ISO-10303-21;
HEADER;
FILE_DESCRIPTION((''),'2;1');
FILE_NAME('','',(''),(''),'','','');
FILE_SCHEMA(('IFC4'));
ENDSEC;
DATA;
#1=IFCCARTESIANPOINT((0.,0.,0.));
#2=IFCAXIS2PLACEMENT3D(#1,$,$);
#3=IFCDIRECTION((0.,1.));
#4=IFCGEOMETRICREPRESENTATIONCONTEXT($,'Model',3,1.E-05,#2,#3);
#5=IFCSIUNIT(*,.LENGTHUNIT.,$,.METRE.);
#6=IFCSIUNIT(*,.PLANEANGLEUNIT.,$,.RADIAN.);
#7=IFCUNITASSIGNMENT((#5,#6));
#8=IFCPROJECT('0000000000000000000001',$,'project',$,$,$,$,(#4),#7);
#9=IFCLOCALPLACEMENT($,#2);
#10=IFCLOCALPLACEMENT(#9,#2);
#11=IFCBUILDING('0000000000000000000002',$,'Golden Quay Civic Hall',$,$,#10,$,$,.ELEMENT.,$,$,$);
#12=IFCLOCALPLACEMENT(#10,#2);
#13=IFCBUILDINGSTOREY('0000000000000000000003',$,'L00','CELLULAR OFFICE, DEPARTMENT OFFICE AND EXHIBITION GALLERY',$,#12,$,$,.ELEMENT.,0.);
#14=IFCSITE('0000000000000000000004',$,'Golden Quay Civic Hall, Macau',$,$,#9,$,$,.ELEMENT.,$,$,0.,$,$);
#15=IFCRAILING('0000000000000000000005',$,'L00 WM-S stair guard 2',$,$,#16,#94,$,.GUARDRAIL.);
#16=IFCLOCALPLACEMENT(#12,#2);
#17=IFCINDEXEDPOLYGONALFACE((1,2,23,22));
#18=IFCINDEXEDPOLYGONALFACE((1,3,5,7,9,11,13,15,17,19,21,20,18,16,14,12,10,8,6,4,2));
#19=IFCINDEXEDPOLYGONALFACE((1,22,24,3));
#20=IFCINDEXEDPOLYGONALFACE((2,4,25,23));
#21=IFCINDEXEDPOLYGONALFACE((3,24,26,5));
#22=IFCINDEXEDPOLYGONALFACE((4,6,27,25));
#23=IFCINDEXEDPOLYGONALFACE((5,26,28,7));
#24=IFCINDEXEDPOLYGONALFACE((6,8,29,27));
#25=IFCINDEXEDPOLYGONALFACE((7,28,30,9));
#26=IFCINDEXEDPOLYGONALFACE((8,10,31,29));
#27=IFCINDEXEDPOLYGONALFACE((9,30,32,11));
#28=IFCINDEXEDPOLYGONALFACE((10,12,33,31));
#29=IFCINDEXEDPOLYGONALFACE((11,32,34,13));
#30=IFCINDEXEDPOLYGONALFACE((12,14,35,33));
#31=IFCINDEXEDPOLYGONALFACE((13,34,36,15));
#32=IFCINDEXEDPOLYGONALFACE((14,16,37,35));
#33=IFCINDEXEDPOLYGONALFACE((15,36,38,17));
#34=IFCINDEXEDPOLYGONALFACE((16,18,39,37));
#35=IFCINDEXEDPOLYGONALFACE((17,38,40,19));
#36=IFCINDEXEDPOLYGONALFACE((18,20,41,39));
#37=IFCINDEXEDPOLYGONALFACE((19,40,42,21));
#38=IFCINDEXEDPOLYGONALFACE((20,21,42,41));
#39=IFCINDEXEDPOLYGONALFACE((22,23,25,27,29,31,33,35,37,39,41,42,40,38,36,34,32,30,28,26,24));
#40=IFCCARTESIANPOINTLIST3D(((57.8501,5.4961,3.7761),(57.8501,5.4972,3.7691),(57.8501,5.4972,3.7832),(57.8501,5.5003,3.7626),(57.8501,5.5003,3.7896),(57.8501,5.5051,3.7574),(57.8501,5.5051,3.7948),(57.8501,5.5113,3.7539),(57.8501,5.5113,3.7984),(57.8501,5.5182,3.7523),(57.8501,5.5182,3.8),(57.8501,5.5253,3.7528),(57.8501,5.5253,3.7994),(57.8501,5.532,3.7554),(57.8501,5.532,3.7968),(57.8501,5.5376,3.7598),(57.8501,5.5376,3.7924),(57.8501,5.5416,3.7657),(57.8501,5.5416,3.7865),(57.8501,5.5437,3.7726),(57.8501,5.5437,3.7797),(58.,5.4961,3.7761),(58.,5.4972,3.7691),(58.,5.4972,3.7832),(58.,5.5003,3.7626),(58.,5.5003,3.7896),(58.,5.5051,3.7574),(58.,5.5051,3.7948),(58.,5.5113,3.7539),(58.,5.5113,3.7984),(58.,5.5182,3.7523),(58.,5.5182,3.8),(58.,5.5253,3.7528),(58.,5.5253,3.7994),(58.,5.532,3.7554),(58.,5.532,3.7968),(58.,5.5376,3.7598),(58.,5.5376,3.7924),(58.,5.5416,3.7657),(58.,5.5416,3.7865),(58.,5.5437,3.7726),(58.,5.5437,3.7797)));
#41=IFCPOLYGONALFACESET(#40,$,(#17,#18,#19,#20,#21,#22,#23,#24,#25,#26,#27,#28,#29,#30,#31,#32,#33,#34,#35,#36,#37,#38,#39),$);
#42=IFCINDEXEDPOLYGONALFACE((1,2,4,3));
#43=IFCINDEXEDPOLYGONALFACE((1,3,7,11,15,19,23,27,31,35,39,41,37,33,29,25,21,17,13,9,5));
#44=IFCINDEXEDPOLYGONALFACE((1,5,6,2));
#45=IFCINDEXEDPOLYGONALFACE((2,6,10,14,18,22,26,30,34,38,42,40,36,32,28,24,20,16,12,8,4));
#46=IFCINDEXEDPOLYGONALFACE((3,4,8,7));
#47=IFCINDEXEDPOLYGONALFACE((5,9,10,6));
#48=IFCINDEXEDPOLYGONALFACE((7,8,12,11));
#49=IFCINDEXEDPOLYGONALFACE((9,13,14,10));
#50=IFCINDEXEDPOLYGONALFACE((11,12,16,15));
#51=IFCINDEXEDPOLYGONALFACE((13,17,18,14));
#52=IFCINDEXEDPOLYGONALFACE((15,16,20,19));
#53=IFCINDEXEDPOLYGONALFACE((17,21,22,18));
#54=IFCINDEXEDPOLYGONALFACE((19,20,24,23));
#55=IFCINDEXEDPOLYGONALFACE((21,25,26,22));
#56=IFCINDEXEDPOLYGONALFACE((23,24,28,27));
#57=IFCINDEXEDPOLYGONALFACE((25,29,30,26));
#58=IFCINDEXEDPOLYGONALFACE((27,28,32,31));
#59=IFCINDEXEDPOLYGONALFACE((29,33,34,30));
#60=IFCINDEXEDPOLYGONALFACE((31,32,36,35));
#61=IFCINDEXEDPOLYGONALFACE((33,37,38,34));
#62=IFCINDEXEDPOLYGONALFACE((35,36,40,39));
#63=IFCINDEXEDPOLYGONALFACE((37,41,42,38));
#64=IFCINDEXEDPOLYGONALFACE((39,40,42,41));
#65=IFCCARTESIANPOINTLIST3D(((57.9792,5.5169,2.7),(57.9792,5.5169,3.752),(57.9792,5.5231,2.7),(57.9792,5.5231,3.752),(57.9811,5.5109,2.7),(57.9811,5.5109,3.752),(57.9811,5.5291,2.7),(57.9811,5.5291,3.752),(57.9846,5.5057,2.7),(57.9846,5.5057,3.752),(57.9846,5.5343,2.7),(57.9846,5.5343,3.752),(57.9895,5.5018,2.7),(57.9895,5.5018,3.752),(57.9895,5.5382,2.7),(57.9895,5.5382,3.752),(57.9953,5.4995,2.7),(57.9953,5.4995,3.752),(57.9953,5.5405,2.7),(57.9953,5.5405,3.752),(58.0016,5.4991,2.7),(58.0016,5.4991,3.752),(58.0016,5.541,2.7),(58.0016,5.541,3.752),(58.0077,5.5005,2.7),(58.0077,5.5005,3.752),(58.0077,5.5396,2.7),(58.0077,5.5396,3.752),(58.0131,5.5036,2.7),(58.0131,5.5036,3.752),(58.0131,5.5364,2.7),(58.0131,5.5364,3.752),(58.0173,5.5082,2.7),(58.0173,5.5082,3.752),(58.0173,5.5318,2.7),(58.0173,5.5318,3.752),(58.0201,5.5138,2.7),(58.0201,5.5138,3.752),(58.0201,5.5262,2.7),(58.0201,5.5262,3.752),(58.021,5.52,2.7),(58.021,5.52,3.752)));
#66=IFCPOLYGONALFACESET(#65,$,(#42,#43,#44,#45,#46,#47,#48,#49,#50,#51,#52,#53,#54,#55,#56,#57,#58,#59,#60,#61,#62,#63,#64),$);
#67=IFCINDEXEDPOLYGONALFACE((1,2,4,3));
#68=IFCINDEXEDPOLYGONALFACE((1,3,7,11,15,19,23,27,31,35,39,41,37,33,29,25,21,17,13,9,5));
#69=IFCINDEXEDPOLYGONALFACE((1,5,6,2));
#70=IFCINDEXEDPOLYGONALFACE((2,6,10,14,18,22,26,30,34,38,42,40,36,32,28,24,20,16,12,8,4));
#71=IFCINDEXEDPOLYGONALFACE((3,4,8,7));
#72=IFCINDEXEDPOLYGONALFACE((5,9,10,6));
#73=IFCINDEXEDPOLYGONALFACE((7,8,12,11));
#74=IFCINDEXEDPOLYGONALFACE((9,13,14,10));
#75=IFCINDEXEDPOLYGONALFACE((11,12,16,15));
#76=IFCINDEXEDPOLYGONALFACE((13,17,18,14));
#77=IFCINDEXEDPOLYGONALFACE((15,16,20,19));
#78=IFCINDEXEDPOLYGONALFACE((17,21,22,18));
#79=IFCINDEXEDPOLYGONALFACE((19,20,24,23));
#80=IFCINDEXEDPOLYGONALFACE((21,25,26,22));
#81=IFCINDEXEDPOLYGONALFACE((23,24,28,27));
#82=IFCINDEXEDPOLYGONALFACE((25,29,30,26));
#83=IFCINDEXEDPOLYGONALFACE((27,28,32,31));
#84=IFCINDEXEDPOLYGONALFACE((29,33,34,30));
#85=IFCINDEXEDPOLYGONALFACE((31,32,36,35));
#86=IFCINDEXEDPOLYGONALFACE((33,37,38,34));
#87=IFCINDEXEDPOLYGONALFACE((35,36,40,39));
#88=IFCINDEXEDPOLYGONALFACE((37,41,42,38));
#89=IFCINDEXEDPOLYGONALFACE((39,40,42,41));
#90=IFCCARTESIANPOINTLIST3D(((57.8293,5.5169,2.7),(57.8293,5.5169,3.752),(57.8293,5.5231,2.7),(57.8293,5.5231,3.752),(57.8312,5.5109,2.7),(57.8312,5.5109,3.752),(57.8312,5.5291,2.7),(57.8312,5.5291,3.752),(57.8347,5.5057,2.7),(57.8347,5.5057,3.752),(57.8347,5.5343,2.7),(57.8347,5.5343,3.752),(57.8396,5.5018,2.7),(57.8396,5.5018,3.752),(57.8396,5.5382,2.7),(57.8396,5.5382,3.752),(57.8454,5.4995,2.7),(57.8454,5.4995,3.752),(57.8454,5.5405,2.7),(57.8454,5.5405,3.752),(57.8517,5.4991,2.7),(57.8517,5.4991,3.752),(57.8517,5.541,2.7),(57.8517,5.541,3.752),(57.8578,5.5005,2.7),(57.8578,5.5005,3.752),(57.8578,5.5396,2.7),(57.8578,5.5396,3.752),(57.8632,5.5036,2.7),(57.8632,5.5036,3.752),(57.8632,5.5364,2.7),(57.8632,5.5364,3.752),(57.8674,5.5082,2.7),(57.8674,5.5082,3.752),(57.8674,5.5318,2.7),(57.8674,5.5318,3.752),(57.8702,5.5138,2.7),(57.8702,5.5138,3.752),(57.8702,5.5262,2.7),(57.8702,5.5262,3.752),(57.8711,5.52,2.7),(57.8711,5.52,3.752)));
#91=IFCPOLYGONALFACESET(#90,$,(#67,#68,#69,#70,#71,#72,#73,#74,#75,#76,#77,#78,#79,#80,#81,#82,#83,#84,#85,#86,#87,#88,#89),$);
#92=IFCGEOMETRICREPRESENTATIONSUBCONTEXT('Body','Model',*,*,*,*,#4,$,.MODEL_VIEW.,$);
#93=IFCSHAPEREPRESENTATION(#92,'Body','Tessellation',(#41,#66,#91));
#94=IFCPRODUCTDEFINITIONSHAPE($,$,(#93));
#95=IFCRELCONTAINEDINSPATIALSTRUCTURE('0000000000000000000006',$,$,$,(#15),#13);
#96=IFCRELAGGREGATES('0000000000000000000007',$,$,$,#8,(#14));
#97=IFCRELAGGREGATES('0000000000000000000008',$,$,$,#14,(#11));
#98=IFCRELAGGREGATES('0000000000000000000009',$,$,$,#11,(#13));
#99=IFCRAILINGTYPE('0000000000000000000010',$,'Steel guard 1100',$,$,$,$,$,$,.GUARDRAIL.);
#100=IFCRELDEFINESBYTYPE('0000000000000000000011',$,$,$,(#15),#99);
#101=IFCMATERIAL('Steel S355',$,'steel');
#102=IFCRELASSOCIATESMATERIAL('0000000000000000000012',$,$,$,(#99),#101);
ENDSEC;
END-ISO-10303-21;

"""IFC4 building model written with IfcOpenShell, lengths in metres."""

from ifc_helpers import new_model, si_unit, direction, frame, origin, origin_2d, place, context, subcontext, project, spatial, circle, extrude, material, type_object, element, save


model = new_model("IFC4")

# Units and contexts
model_context = context("Model", 3, precision=1e-05, world=origin(), true_north=direction((0.0, 1.0)))
body_context = subcontext(model_context, "Body", "Model", "MODEL_VIEW")
ifc_project = project(units=[si_unit("LENGTHUNIT", "METRE"), si_unit("PLANEANGLEUNIT", "RADIAN")], contexts=[model_context])

# Site, building, storey
site_placement = place(None, origin())
site = spatial("IfcSite", under=ifc_project, at=site_placement, Name="Golden Quay Civic Hall, Macau", CompositionType="ELEMENT", RefElevation=0.0)
building_placement = place(site_placement, origin())
building = spatial("IfcBuilding", under=site, at=building_placement, Name="Golden Quay Civic Hall", CompositionType="ELEMENT")
storey_placement = place(building_placement, origin())
storey = spatial("IfcBuildingStorey", under=building, at=storey_placement, Name="L00", Description="CELLULAR OFFICE, DEPARTMENT OFFICE AND EXHIBITION GALLERY", CompositionType="ELEMENT", Elevation=0.0)

# Railing
ifc_material_1 = material(Name="Steel S355", Category="steel")
railing_type_1 = type_object("IfcRailingType", Name="Steel guard 1100", PredefinedType="GUARDRAIL", material=ifc_material_1)
railing_1_placement = place(storey_placement, frame((58.0, 5.52, 2.7)))
element("IfcRailing", 1, at=railing_1_placement, inside=storey, type_object=railing_type_1, Name="L00 WM-S stair guard 2", PredefinedType="GUARDRAIL", context=body_context, shape_type="SweptSolid", body=[
    extrude(circle(Radius=0.0239, at=origin_2d()), frame((0.0, 0.0, 1.0762), z_axis=(-1.0, 0.0, 0.0), x_axis=(0.0, -1.0, 0.0)), (0.0, 0.0, 1.0), 0.1499),
    extrude(circle(Radius=0.021, at=origin_2d()), origin(), (0.0, 0.0, 1.0), 1.052),
    extrude(circle(Radius=0.021, at=origin_2d()), frame((-0.1499, 0.0, 0.0)), (0.0, 0.0, 1.0), 1.052),
])

save(model, "model.ifc")
